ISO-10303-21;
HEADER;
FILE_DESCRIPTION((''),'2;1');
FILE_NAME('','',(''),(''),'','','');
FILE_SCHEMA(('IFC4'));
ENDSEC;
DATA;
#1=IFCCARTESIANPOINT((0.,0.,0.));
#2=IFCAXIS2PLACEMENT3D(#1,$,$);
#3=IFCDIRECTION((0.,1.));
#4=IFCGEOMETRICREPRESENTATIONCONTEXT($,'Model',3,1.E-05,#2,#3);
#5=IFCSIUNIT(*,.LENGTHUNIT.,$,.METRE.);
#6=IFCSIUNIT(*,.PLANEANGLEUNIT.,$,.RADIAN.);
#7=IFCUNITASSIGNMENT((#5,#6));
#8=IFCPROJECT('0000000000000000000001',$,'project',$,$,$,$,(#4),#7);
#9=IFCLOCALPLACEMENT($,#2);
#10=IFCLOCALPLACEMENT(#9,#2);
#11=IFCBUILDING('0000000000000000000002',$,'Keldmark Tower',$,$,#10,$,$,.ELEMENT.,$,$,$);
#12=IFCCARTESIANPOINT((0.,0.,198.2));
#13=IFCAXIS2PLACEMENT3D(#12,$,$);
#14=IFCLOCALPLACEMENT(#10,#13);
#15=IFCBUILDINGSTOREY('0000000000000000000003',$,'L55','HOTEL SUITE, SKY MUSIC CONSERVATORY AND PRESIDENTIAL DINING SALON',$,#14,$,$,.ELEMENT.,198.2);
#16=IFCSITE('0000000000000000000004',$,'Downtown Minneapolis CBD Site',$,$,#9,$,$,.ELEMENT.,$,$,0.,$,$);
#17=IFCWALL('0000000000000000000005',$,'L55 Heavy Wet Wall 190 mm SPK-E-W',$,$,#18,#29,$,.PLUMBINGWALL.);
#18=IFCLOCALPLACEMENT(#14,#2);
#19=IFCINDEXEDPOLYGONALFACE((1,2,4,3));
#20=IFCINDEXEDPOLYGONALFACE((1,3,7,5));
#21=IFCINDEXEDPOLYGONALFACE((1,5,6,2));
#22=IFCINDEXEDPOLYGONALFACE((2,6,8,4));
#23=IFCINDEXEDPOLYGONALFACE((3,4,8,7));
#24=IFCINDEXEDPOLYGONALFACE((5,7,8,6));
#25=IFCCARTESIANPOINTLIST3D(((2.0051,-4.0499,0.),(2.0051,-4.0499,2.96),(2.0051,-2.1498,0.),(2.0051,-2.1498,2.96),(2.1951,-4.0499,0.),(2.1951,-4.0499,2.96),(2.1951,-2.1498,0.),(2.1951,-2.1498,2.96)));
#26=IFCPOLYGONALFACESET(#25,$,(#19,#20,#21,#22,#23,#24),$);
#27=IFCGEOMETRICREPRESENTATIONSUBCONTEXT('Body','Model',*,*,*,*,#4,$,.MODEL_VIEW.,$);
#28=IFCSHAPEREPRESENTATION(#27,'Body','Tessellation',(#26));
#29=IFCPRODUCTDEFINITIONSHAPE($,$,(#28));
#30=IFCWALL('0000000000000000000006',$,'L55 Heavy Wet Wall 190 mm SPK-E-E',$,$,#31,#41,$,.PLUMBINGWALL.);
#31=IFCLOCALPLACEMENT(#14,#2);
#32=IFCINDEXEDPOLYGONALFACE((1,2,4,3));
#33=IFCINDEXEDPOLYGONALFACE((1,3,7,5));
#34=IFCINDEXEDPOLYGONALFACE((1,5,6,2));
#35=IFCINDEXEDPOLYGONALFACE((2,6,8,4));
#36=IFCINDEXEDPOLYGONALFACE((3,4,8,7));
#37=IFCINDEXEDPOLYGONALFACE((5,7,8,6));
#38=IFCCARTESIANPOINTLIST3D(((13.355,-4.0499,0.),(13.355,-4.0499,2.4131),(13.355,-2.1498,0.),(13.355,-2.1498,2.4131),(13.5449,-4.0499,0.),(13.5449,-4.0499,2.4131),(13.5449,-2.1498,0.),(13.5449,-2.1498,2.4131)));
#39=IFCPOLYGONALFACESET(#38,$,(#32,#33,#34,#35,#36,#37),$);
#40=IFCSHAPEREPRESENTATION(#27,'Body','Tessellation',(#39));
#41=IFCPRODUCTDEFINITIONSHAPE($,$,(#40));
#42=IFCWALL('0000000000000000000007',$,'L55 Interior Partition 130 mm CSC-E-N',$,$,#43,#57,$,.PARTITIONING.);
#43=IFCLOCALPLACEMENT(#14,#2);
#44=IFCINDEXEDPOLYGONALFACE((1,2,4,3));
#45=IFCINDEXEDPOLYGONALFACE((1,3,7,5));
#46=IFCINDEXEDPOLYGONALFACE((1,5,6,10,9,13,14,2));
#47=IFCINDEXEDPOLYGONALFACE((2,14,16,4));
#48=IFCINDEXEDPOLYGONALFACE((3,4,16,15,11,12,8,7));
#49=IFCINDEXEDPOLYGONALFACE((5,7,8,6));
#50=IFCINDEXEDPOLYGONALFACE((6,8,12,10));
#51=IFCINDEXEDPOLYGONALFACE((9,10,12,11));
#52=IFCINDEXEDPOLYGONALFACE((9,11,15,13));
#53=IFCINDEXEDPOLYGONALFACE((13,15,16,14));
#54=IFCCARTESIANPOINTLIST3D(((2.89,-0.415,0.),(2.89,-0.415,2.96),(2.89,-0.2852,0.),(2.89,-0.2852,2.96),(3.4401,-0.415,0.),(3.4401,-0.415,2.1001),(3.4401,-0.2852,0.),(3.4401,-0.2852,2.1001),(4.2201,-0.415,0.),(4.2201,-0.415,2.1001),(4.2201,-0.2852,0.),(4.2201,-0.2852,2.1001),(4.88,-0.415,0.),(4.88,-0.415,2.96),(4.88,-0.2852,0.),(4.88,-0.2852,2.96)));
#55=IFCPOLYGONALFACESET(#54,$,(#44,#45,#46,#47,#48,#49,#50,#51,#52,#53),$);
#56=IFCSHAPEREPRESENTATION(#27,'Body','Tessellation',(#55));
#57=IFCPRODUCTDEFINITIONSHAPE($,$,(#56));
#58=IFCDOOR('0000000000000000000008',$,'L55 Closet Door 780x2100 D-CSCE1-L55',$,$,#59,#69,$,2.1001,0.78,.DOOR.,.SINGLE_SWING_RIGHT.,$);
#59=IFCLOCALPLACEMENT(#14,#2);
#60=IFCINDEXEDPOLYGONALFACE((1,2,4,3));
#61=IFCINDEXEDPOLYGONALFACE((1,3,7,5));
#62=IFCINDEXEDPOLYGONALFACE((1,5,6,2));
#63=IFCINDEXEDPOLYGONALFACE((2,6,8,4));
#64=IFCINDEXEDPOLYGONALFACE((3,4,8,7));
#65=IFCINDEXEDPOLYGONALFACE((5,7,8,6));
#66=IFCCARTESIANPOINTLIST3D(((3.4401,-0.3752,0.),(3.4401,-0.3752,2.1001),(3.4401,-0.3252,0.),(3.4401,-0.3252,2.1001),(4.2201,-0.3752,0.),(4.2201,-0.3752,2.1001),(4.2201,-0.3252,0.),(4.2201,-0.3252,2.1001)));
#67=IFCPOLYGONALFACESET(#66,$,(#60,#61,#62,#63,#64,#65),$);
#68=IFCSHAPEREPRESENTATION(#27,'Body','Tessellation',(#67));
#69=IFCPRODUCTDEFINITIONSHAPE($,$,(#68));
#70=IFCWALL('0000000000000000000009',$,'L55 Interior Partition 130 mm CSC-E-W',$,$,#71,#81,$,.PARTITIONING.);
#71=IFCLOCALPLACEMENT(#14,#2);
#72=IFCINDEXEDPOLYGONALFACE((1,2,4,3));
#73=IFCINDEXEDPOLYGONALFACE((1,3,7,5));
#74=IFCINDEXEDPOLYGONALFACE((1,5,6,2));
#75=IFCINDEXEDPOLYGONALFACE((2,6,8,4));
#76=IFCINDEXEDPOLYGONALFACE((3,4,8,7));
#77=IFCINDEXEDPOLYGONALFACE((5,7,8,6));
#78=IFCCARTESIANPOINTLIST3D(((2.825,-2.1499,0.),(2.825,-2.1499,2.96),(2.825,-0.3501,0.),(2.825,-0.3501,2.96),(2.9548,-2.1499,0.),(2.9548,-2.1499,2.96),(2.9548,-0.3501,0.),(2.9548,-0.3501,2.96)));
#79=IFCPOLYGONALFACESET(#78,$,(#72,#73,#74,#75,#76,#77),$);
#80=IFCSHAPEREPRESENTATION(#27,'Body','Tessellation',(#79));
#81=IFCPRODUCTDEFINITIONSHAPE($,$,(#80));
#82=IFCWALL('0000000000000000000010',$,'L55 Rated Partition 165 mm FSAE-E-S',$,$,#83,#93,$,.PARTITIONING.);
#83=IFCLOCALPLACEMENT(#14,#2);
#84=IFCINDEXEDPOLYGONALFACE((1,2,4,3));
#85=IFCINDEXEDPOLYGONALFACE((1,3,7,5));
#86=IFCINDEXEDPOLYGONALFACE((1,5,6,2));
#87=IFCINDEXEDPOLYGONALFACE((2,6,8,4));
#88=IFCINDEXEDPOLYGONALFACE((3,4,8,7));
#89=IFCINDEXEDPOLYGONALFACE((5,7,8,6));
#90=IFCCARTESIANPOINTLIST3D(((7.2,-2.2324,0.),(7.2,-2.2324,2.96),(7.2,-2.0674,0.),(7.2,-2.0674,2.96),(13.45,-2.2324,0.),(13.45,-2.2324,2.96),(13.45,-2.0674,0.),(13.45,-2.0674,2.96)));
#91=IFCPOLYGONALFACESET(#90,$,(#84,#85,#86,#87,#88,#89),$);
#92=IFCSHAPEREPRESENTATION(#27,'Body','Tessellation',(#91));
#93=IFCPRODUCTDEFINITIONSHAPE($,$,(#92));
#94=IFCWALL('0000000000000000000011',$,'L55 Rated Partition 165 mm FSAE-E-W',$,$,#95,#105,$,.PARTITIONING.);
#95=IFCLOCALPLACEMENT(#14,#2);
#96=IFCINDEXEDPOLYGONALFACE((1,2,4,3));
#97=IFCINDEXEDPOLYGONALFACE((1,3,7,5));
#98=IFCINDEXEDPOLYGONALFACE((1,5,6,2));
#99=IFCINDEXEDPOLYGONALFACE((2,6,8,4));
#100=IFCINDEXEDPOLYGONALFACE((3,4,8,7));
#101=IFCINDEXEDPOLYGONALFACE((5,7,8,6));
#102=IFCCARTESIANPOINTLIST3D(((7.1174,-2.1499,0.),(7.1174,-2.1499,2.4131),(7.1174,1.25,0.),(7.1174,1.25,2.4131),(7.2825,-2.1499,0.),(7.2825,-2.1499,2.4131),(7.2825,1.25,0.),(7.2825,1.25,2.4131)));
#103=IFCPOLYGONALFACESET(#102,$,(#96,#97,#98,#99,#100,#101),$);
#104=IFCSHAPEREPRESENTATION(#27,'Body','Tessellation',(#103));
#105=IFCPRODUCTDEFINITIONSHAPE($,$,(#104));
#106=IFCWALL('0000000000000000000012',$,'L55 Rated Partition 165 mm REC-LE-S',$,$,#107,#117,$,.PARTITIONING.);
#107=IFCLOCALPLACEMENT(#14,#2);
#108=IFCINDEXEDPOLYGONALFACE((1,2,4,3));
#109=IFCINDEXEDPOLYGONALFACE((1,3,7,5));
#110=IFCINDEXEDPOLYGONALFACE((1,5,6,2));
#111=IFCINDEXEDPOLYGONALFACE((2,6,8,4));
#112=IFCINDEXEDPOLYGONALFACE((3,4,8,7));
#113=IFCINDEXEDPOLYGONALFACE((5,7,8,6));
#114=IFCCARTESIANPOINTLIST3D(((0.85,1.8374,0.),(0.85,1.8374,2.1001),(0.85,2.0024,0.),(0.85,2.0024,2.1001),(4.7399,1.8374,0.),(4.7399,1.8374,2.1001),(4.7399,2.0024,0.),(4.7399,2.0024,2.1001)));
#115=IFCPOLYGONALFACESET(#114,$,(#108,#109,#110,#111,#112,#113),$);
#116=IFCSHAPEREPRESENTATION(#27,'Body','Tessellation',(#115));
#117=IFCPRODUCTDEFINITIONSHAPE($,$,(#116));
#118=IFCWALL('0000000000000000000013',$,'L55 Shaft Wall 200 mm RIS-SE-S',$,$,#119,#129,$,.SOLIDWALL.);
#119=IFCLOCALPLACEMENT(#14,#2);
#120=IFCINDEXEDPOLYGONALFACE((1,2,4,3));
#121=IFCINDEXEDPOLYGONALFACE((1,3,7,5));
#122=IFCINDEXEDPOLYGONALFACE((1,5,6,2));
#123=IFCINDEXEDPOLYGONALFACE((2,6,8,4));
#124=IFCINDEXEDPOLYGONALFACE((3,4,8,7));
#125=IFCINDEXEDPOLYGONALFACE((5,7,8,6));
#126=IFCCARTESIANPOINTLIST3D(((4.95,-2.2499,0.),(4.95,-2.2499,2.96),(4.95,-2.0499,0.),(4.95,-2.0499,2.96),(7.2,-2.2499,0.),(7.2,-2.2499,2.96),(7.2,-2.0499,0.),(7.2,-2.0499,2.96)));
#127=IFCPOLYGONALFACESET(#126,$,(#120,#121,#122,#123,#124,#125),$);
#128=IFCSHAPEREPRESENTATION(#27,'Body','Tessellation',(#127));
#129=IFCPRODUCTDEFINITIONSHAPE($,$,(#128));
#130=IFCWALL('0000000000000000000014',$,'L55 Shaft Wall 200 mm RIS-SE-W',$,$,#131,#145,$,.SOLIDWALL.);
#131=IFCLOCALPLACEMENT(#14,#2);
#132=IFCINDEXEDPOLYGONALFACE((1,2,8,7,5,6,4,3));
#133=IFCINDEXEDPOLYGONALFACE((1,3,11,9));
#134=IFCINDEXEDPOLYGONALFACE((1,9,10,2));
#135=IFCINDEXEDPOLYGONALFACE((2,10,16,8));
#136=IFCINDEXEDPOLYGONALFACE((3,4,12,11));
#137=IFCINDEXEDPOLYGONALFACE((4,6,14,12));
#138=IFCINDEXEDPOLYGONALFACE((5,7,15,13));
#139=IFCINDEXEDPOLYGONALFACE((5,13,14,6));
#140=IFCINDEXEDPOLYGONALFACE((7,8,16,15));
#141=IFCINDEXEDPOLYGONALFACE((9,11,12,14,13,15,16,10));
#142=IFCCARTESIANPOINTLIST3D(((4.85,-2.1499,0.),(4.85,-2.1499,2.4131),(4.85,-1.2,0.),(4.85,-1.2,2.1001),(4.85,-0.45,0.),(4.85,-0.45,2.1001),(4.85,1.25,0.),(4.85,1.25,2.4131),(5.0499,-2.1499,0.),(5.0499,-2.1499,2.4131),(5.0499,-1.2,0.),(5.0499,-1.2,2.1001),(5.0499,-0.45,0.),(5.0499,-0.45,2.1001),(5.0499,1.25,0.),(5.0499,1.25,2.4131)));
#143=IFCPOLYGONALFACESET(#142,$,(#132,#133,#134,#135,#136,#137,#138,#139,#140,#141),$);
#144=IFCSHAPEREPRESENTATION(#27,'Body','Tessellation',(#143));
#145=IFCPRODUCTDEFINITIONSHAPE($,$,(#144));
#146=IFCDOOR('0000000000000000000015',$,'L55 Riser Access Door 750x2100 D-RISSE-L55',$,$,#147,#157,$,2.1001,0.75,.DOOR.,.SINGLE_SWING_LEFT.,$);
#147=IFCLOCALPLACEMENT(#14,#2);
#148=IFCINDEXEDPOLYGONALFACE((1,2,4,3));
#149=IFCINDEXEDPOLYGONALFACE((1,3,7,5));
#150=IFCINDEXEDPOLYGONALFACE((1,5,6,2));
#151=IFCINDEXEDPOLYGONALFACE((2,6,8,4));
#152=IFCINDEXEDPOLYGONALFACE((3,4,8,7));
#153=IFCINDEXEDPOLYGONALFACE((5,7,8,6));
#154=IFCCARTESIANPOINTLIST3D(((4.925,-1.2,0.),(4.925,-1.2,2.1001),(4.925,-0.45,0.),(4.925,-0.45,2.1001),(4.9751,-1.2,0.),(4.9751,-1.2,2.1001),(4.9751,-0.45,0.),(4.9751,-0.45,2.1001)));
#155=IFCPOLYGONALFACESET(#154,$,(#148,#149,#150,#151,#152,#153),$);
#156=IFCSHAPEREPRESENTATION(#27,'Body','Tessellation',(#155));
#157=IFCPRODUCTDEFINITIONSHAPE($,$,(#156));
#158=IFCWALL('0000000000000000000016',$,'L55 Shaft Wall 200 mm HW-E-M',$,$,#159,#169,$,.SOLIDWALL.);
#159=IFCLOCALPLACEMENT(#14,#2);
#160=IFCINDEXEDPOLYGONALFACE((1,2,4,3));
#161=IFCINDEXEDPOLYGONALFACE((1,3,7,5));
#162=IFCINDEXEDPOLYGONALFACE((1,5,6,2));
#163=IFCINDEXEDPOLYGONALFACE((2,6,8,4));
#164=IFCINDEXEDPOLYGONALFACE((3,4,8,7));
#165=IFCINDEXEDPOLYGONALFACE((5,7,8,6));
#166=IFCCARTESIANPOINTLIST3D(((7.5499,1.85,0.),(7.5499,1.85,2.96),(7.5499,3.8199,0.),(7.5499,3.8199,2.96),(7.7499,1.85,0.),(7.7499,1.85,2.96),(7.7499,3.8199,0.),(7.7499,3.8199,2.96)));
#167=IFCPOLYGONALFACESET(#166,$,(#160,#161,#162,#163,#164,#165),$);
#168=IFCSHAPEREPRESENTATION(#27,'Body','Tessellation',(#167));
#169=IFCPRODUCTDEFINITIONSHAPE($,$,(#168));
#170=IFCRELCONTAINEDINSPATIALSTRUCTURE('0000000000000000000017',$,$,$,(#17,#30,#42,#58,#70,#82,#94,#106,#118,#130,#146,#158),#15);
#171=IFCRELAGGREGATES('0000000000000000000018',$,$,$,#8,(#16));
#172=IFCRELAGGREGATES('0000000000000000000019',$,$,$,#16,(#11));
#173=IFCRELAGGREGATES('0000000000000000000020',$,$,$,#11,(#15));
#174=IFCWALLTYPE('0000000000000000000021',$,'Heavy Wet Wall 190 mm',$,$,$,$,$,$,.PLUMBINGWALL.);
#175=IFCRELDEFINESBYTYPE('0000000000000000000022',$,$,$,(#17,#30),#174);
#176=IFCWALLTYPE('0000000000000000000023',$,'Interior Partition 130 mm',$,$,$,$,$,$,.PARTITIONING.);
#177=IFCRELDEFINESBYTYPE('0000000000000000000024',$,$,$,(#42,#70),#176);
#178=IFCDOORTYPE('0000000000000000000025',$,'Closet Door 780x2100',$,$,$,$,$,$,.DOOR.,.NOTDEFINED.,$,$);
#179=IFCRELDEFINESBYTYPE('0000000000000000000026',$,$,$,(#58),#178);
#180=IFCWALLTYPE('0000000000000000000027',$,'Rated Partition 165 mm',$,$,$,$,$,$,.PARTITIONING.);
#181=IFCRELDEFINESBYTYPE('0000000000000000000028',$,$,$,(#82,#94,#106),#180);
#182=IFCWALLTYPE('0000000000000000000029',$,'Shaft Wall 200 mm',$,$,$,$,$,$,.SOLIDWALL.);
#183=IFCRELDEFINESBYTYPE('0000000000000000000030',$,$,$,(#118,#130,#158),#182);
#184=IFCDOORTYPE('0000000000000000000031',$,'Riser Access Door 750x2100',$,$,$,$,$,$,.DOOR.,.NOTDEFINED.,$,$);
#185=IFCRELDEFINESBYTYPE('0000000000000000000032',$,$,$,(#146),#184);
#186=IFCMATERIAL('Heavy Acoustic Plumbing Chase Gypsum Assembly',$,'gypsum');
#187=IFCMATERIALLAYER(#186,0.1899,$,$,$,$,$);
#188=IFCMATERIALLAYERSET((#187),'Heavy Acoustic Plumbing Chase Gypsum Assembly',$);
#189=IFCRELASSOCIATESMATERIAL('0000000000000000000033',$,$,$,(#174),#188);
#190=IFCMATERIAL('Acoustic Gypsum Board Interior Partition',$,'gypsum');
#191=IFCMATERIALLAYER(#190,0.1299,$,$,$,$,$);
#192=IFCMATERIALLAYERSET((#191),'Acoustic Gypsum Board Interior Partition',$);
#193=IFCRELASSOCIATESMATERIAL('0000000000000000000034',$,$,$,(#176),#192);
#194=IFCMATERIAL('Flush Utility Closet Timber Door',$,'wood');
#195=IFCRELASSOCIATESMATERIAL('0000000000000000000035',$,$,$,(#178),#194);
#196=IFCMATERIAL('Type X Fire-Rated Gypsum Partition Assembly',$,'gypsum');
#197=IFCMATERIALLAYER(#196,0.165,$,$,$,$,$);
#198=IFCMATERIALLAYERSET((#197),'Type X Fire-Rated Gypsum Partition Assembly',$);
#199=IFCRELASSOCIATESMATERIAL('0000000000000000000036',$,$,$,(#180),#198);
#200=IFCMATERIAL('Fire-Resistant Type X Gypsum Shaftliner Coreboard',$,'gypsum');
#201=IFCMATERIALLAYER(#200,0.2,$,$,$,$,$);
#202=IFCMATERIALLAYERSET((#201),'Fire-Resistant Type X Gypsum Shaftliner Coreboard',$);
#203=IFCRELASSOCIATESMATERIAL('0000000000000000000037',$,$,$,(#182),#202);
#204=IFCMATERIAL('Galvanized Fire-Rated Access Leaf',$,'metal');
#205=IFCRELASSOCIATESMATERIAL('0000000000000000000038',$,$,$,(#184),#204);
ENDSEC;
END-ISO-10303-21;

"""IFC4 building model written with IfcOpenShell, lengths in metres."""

from ifc_helpers import new_model, si_unit, direction, frame, frame_2d, origin, place, context, subcontext, project, spatial, rectangle, extrude, material, layer, layer_set, type_object, element, fill, save


model = new_model("IFC4")

# Units and contexts
model_context = context("Model", 3, precision=1e-05, world=origin(), true_north=direction((0.0, 1.0)))
body_context = subcontext(model_context, "Body", "Model", "MODEL_VIEW")
ifc_project = project(units=[si_unit("LENGTHUNIT", "METRE"), si_unit("PLANEANGLEUNIT", "RADIAN")], contexts=[model_context])

# Site, building, storey
site_placement = place(None, origin())
site = spatial("IfcSite", under=ifc_project, at=site_placement, Name="Downtown Minneapolis CBD Site", CompositionType="ELEMENT", RefElevation=0.0)
building_placement = place(site_placement, origin())
building = spatial("IfcBuilding", under=site, at=building_placement, Name="Keldmark Tower", CompositionType="ELEMENT")
storey_placement = place(building_placement, frame((0.0, 0.0, 198.2)))
storey = spatial("IfcBuildingStorey", under=building, at=storey_placement, Name="L55", Description="HOTEL SUITE, SKY MUSIC CONSERVATORY AND PRESIDENTIAL DINING SALON", CompositionType="ELEMENT", Elevation=198.2)

# Walls
ifc_material_1 = material(Name="Heavy Acoustic Plumbing Chase Gypsum Assembly", Category="gypsum")
ifc_layer_1 = layer(ifc_material_1, 0.1899)
ifc_layer_set_1 = layer_set([ifc_layer_1], Name="Heavy Acoustic Plumbing Chase Gypsum Assembly")
wall_type_1 = type_object("IfcWallType", Name="Heavy Wet Wall 190 mm", PredefinedType="PLUMBINGWALL", material=ifc_layer_set_1)
wall_1_placement = place(storey_placement, frame((2.1001, -4.05, 0.0), z_axis=(0.0, 0.0, 1.0), x_axis=(0.0, 1.0, 0.0)))
element("IfcWall", 1, at=wall_1_placement, inside=storey, type_object=wall_type_1, Name="L55 Heavy Wet Wall 190 mm SPK-E-W", PredefinedType="PLUMBINGWALL", context=body_context, shape_type="SweptSolid", body=[
    extrude(rectangle(XDim=1.9001, YDim=0.1899, at=frame_2d((0.9502, 0.0))), origin(), (0.0, 0.0, 1.0), 2.96),
])
wall_2_placement = place(storey_placement, frame((13.45, -4.05, 0.0), z_axis=(0.0, 0.0, 1.0), x_axis=(0.0, 1.0, 0.0)))
element("IfcWall", 2, at=wall_2_placement, inside=storey, type_object=wall_type_1, Name="L55 Heavy Wet Wall 190 mm SPK-E-E", PredefinedType="PLUMBINGWALL", context=body_context, shape_type="SweptSolid", body=[
    extrude(rectangle(XDim=1.9001, YDim=0.1899, at=frame_2d((0.9502, 0.0))), origin(), (0.0, 0.0, 1.0), 2.4131),
])

# Wall, opening, door
ifc_material_2 = material(Name="Acoustic Gypsum Board Interior Partition", Category="gypsum")
ifc_layer_2 = layer(ifc_material_2, 0.1299)
ifc_layer_set_2 = layer_set([ifc_layer_2], Name="Acoustic Gypsum Board Interior Partition")
wall_type_2 = type_object("IfcWallType", Name="Interior Partition 130 mm", PredefinedType="PARTITIONING", material=ifc_layer_set_2)
wall_3_placement = place(storey_placement, frame((2.8899, -0.3501, 0.0), z_axis=(0.0, 0.0, 1.0), x_axis=(1.0, 0.0, 0.0)))
wall_3 = element("IfcWall", 3, at=wall_3_placement, inside=storey, type_object=wall_type_2, Name="L55 Interior Partition 130 mm CSC-E-N", PredefinedType="PARTITIONING", context=body_context, shape_type="SweptSolid", body=[
    extrude(rectangle(XDim=1.99, YDim=0.1299, at=frame_2d((0.9951, 0.0))), origin(), (0.0, 0.0, 1.0), 2.96),
])
opening_1_placement = place(wall_3_placement, frame((0.55, 0.0, 0.0)))
opening_1 = element("IfcOpeningElement", 4, at=opening_1_placement, cuts=wall_3, PredefinedType="OPENING", context=body_context, shape_type="SweptSolid", body=[
    extrude(rectangle(XDim=0.78, YDim=2.1001, at=frame_2d((0.3901, 1.05))), frame((0.0, 0.075, 0.0), z_axis=(0.0, -1.0, 0.0), x_axis=(1.0, 0.0, 0.0)), (0.0, 0.0, 1.0), 0.1499),
])
ifc_material_3 = material(Name="Flush Utility Closet Timber Door", Category="wood")
door_type_1 = type_object("IfcDoorType", Name="Closet Door 780x2100", OperationType="NOTDEFINED", PredefinedType="DOOR", material=ifc_material_3)
door_1_placement = place(opening_1_placement, origin())
door_1 = element("IfcDoor", 5, at=door_1_placement, inside=storey, type_object=door_type_1, Name="L55 Closet Door 780x2100 D-CSCE1-L55", OperationType="SINGLE_SWING_RIGHT", OverallHeight=2.1001, OverallWidth=0.78, PredefinedType="DOOR", context=body_context, shape_type="SweptSolid", body=[
    extrude(rectangle(XDim=0.78, YDim=2.1001, at=frame_2d((0.3901, 1.05))), frame((0.0, 0.0249, 0.0), z_axis=(0.0, -1.0, 0.0), x_axis=(1.0, 0.0, 0.0)), (0.0, 0.0, 1.0), 0.05),
])
fill(opening_1, door_1)

# Walls
wall_4_placement = place(storey_placement, frame((2.8899, -2.1499, 0.0), z_axis=(0.0, 0.0, 1.0), x_axis=(0.0, 1.0, 0.0)))
element("IfcWall", 6, at=wall_4_placement, inside=storey, type_object=wall_type_2, Name="L55 Interior Partition 130 mm CSC-E-W", PredefinedType="PARTITIONING", context=body_context, shape_type="SweptSolid", body=[
    extrude(rectangle(XDim=1.7998, YDim=0.1299, at=frame_2d((0.8999, 0.0))), origin(), (0.0, 0.0, 1.0), 2.96),
])
ifc_material_4 = material(Name="Type X Fire-Rated Gypsum Partition Assembly", Category="gypsum")
ifc_layer_3 = layer(ifc_material_4, 0.165)
ifc_layer_set_3 = layer_set([ifc_layer_3], Name="Type X Fire-Rated Gypsum Partition Assembly")
wall_type_3 = type_object("IfcWallType", Name="Rated Partition 165 mm", PredefinedType="PARTITIONING", material=ifc_layer_set_3)
wall_5_placement = place(storey_placement, frame((7.2, -2.1499, 0.0), z_axis=(0.0, 0.0, 1.0), x_axis=(1.0, 0.0, 0.0)))
element("IfcWall", 7, at=wall_5_placement, inside=storey, type_object=wall_type_3, Name="L55 Rated Partition 165 mm FSAE-E-S", PredefinedType="PARTITIONING", context=body_context, shape_type="SweptSolid", body=[
    extrude(rectangle(XDim=6.25, YDim=0.165, at=frame_2d((3.125, 0.0))), origin(), (0.0, 0.0, 1.0), 2.96),
])
wall_6_placement = place(storey_placement, frame((7.2, -2.1499, 0.0), z_axis=(0.0, 0.0, 1.0), x_axis=(0.0, 1.0, 0.0)))
element("IfcWall", 8, at=wall_6_placement, inside=storey, type_object=wall_type_3, Name="L55 Rated Partition 165 mm FSAE-E-W", PredefinedType="PARTITIONING", context=body_context, shape_type="SweptSolid", body=[
    extrude(rectangle(XDim=3.3999, YDim=0.165, at=frame_2d((1.7, 0.0))), origin(), (0.0, 0.0, 1.0), 2.4131),
])

# Walls
wall_7_placement = place(storey_placement, frame((0.8501, 1.9199, 0.0), z_axis=(0.0, 0.0, 1.0), x_axis=(1.0, 0.0, 0.0)))
element("IfcWall", 9, at=wall_7_placement, inside=storey, type_object=wall_type_3, Name="L55 Rated Partition 165 mm REC-LE-S", PredefinedType="PARTITIONING", context=body_context, shape_type="SweptSolid", body=[
    extrude(rectangle(XDim=3.8899, YDim=0.165, at=frame_2d((1.9448, 0.0))), origin(), (0.0, 0.0, 1.0), 2.1001),
])
ifc_material_5 = material(Name="Fire-Resistant Type X Gypsum Shaftliner Coreboard", Category="gypsum")
ifc_layer_4 = layer(ifc_material_5, 0.2)
ifc_layer_set_4 = layer_set([ifc_layer_4], Name="Fire-Resistant Type X Gypsum Shaftliner Coreboard")
wall_type_4 = type_object("IfcWallType", Name="Shaft Wall 200 mm", PredefinedType="SOLIDWALL", material=ifc_layer_set_4)
wall_8_placement = place(storey_placement, frame((4.95, -2.1499, 0.0), z_axis=(0.0, 0.0, 1.0), x_axis=(1.0, 0.0, 0.0)))
element("IfcWall", 10, at=wall_8_placement, inside=storey, type_object=wall_type_4, Name="L55 Shaft Wall 200 mm RIS-SE-S", PredefinedType="SOLIDWALL", context=body_context, shape_type="SweptSolid", body=[
    extrude(rectangle(XDim=2.25, YDim=0.2, at=frame_2d((1.125, 0.0))), origin(), (0.0, 0.0, 1.0), 2.96),
])

# Wall, opening, door
wall_9_placement = place(storey_placement, frame((4.95, -2.1499, 0.0), z_axis=(0.0, 0.0, 1.0), x_axis=(0.0, 1.0, 0.0)))
wall_9 = element("IfcWall", 11, at=wall_9_placement, inside=storey, type_object=wall_type_4, Name="L55 Shaft Wall 200 mm RIS-SE-W", PredefinedType="SOLIDWALL", context=body_context, shape_type="SweptSolid", body=[
    extrude(rectangle(XDim=3.3999, YDim=0.2, at=frame_2d((1.7, 0.0))), origin(), (0.0, 0.0, 1.0), 2.4131),
])
opening_2_placement = place(wall_9_placement, frame((0.95, 0.0, 0.0)))
opening_2 = element("IfcOpeningElement", 12, at=opening_2_placement, cuts=wall_9, PredefinedType="OPENING", context=body_context, shape_type="SweptSolid", body=[
    extrude(rectangle(XDim=0.75, YDim=2.1001, at=frame_2d((0.375, 1.05))), frame((0.0, 0.1099, 0.0), z_axis=(0.0, -1.0, 0.0), x_axis=(1.0, 0.0, 0.0)), (0.0, 0.0, 1.0), 0.22),
])
ifc_material_6 = material(Name="Galvanized Fire-Rated Access Leaf", Category="metal")
door_type_2 = type_object("IfcDoorType", Name="Riser Access Door 750x2100", OperationType="NOTDEFINED", PredefinedType="DOOR", material=ifc_material_6)
door_2_placement = place(opening_2_placement, origin())
door_2 = element("IfcDoor", 13, at=door_2_placement, inside=storey, type_object=door_type_2, Name="L55 Riser Access Door 750x2100 D-RISSE-L55", OperationType="SINGLE_SWING_LEFT", OverallHeight=2.1001, OverallWidth=0.75, PredefinedType="DOOR", context=body_context, shape_type="SweptSolid", body=[
    extrude(rectangle(XDim=0.75, YDim=2.1001, at=frame_2d((0.375, 1.05))), frame((0.0, 0.0249, 0.0), z_axis=(0.0, -1.0, 0.0), x_axis=(1.0, 0.0, 0.0)), (0.0, 0.0, 1.0), 0.05),
])
fill(opening_2, door_2)

# Wall
wall_10_placement = place(storey_placement, frame((7.6499, 1.8501, 0.0), z_axis=(0.0, 0.0, 1.0), x_axis=(0.0, 1.0, 0.0)))
element("IfcWall", 14, at=wall_10_placement, inside=storey, type_object=wall_type_4, Name="L55 Shaft Wall 200 mm HW-E-M", PredefinedType="SOLIDWALL", context=body_context, shape_type="SweptSolid", body=[
    extrude(rectangle(XDim=1.97, YDim=0.2, at=frame_2d((0.9849, 0.0))), origin(), (0.0, 0.0, 1.0), 2.96),
])

save(model, "model.ifc")
